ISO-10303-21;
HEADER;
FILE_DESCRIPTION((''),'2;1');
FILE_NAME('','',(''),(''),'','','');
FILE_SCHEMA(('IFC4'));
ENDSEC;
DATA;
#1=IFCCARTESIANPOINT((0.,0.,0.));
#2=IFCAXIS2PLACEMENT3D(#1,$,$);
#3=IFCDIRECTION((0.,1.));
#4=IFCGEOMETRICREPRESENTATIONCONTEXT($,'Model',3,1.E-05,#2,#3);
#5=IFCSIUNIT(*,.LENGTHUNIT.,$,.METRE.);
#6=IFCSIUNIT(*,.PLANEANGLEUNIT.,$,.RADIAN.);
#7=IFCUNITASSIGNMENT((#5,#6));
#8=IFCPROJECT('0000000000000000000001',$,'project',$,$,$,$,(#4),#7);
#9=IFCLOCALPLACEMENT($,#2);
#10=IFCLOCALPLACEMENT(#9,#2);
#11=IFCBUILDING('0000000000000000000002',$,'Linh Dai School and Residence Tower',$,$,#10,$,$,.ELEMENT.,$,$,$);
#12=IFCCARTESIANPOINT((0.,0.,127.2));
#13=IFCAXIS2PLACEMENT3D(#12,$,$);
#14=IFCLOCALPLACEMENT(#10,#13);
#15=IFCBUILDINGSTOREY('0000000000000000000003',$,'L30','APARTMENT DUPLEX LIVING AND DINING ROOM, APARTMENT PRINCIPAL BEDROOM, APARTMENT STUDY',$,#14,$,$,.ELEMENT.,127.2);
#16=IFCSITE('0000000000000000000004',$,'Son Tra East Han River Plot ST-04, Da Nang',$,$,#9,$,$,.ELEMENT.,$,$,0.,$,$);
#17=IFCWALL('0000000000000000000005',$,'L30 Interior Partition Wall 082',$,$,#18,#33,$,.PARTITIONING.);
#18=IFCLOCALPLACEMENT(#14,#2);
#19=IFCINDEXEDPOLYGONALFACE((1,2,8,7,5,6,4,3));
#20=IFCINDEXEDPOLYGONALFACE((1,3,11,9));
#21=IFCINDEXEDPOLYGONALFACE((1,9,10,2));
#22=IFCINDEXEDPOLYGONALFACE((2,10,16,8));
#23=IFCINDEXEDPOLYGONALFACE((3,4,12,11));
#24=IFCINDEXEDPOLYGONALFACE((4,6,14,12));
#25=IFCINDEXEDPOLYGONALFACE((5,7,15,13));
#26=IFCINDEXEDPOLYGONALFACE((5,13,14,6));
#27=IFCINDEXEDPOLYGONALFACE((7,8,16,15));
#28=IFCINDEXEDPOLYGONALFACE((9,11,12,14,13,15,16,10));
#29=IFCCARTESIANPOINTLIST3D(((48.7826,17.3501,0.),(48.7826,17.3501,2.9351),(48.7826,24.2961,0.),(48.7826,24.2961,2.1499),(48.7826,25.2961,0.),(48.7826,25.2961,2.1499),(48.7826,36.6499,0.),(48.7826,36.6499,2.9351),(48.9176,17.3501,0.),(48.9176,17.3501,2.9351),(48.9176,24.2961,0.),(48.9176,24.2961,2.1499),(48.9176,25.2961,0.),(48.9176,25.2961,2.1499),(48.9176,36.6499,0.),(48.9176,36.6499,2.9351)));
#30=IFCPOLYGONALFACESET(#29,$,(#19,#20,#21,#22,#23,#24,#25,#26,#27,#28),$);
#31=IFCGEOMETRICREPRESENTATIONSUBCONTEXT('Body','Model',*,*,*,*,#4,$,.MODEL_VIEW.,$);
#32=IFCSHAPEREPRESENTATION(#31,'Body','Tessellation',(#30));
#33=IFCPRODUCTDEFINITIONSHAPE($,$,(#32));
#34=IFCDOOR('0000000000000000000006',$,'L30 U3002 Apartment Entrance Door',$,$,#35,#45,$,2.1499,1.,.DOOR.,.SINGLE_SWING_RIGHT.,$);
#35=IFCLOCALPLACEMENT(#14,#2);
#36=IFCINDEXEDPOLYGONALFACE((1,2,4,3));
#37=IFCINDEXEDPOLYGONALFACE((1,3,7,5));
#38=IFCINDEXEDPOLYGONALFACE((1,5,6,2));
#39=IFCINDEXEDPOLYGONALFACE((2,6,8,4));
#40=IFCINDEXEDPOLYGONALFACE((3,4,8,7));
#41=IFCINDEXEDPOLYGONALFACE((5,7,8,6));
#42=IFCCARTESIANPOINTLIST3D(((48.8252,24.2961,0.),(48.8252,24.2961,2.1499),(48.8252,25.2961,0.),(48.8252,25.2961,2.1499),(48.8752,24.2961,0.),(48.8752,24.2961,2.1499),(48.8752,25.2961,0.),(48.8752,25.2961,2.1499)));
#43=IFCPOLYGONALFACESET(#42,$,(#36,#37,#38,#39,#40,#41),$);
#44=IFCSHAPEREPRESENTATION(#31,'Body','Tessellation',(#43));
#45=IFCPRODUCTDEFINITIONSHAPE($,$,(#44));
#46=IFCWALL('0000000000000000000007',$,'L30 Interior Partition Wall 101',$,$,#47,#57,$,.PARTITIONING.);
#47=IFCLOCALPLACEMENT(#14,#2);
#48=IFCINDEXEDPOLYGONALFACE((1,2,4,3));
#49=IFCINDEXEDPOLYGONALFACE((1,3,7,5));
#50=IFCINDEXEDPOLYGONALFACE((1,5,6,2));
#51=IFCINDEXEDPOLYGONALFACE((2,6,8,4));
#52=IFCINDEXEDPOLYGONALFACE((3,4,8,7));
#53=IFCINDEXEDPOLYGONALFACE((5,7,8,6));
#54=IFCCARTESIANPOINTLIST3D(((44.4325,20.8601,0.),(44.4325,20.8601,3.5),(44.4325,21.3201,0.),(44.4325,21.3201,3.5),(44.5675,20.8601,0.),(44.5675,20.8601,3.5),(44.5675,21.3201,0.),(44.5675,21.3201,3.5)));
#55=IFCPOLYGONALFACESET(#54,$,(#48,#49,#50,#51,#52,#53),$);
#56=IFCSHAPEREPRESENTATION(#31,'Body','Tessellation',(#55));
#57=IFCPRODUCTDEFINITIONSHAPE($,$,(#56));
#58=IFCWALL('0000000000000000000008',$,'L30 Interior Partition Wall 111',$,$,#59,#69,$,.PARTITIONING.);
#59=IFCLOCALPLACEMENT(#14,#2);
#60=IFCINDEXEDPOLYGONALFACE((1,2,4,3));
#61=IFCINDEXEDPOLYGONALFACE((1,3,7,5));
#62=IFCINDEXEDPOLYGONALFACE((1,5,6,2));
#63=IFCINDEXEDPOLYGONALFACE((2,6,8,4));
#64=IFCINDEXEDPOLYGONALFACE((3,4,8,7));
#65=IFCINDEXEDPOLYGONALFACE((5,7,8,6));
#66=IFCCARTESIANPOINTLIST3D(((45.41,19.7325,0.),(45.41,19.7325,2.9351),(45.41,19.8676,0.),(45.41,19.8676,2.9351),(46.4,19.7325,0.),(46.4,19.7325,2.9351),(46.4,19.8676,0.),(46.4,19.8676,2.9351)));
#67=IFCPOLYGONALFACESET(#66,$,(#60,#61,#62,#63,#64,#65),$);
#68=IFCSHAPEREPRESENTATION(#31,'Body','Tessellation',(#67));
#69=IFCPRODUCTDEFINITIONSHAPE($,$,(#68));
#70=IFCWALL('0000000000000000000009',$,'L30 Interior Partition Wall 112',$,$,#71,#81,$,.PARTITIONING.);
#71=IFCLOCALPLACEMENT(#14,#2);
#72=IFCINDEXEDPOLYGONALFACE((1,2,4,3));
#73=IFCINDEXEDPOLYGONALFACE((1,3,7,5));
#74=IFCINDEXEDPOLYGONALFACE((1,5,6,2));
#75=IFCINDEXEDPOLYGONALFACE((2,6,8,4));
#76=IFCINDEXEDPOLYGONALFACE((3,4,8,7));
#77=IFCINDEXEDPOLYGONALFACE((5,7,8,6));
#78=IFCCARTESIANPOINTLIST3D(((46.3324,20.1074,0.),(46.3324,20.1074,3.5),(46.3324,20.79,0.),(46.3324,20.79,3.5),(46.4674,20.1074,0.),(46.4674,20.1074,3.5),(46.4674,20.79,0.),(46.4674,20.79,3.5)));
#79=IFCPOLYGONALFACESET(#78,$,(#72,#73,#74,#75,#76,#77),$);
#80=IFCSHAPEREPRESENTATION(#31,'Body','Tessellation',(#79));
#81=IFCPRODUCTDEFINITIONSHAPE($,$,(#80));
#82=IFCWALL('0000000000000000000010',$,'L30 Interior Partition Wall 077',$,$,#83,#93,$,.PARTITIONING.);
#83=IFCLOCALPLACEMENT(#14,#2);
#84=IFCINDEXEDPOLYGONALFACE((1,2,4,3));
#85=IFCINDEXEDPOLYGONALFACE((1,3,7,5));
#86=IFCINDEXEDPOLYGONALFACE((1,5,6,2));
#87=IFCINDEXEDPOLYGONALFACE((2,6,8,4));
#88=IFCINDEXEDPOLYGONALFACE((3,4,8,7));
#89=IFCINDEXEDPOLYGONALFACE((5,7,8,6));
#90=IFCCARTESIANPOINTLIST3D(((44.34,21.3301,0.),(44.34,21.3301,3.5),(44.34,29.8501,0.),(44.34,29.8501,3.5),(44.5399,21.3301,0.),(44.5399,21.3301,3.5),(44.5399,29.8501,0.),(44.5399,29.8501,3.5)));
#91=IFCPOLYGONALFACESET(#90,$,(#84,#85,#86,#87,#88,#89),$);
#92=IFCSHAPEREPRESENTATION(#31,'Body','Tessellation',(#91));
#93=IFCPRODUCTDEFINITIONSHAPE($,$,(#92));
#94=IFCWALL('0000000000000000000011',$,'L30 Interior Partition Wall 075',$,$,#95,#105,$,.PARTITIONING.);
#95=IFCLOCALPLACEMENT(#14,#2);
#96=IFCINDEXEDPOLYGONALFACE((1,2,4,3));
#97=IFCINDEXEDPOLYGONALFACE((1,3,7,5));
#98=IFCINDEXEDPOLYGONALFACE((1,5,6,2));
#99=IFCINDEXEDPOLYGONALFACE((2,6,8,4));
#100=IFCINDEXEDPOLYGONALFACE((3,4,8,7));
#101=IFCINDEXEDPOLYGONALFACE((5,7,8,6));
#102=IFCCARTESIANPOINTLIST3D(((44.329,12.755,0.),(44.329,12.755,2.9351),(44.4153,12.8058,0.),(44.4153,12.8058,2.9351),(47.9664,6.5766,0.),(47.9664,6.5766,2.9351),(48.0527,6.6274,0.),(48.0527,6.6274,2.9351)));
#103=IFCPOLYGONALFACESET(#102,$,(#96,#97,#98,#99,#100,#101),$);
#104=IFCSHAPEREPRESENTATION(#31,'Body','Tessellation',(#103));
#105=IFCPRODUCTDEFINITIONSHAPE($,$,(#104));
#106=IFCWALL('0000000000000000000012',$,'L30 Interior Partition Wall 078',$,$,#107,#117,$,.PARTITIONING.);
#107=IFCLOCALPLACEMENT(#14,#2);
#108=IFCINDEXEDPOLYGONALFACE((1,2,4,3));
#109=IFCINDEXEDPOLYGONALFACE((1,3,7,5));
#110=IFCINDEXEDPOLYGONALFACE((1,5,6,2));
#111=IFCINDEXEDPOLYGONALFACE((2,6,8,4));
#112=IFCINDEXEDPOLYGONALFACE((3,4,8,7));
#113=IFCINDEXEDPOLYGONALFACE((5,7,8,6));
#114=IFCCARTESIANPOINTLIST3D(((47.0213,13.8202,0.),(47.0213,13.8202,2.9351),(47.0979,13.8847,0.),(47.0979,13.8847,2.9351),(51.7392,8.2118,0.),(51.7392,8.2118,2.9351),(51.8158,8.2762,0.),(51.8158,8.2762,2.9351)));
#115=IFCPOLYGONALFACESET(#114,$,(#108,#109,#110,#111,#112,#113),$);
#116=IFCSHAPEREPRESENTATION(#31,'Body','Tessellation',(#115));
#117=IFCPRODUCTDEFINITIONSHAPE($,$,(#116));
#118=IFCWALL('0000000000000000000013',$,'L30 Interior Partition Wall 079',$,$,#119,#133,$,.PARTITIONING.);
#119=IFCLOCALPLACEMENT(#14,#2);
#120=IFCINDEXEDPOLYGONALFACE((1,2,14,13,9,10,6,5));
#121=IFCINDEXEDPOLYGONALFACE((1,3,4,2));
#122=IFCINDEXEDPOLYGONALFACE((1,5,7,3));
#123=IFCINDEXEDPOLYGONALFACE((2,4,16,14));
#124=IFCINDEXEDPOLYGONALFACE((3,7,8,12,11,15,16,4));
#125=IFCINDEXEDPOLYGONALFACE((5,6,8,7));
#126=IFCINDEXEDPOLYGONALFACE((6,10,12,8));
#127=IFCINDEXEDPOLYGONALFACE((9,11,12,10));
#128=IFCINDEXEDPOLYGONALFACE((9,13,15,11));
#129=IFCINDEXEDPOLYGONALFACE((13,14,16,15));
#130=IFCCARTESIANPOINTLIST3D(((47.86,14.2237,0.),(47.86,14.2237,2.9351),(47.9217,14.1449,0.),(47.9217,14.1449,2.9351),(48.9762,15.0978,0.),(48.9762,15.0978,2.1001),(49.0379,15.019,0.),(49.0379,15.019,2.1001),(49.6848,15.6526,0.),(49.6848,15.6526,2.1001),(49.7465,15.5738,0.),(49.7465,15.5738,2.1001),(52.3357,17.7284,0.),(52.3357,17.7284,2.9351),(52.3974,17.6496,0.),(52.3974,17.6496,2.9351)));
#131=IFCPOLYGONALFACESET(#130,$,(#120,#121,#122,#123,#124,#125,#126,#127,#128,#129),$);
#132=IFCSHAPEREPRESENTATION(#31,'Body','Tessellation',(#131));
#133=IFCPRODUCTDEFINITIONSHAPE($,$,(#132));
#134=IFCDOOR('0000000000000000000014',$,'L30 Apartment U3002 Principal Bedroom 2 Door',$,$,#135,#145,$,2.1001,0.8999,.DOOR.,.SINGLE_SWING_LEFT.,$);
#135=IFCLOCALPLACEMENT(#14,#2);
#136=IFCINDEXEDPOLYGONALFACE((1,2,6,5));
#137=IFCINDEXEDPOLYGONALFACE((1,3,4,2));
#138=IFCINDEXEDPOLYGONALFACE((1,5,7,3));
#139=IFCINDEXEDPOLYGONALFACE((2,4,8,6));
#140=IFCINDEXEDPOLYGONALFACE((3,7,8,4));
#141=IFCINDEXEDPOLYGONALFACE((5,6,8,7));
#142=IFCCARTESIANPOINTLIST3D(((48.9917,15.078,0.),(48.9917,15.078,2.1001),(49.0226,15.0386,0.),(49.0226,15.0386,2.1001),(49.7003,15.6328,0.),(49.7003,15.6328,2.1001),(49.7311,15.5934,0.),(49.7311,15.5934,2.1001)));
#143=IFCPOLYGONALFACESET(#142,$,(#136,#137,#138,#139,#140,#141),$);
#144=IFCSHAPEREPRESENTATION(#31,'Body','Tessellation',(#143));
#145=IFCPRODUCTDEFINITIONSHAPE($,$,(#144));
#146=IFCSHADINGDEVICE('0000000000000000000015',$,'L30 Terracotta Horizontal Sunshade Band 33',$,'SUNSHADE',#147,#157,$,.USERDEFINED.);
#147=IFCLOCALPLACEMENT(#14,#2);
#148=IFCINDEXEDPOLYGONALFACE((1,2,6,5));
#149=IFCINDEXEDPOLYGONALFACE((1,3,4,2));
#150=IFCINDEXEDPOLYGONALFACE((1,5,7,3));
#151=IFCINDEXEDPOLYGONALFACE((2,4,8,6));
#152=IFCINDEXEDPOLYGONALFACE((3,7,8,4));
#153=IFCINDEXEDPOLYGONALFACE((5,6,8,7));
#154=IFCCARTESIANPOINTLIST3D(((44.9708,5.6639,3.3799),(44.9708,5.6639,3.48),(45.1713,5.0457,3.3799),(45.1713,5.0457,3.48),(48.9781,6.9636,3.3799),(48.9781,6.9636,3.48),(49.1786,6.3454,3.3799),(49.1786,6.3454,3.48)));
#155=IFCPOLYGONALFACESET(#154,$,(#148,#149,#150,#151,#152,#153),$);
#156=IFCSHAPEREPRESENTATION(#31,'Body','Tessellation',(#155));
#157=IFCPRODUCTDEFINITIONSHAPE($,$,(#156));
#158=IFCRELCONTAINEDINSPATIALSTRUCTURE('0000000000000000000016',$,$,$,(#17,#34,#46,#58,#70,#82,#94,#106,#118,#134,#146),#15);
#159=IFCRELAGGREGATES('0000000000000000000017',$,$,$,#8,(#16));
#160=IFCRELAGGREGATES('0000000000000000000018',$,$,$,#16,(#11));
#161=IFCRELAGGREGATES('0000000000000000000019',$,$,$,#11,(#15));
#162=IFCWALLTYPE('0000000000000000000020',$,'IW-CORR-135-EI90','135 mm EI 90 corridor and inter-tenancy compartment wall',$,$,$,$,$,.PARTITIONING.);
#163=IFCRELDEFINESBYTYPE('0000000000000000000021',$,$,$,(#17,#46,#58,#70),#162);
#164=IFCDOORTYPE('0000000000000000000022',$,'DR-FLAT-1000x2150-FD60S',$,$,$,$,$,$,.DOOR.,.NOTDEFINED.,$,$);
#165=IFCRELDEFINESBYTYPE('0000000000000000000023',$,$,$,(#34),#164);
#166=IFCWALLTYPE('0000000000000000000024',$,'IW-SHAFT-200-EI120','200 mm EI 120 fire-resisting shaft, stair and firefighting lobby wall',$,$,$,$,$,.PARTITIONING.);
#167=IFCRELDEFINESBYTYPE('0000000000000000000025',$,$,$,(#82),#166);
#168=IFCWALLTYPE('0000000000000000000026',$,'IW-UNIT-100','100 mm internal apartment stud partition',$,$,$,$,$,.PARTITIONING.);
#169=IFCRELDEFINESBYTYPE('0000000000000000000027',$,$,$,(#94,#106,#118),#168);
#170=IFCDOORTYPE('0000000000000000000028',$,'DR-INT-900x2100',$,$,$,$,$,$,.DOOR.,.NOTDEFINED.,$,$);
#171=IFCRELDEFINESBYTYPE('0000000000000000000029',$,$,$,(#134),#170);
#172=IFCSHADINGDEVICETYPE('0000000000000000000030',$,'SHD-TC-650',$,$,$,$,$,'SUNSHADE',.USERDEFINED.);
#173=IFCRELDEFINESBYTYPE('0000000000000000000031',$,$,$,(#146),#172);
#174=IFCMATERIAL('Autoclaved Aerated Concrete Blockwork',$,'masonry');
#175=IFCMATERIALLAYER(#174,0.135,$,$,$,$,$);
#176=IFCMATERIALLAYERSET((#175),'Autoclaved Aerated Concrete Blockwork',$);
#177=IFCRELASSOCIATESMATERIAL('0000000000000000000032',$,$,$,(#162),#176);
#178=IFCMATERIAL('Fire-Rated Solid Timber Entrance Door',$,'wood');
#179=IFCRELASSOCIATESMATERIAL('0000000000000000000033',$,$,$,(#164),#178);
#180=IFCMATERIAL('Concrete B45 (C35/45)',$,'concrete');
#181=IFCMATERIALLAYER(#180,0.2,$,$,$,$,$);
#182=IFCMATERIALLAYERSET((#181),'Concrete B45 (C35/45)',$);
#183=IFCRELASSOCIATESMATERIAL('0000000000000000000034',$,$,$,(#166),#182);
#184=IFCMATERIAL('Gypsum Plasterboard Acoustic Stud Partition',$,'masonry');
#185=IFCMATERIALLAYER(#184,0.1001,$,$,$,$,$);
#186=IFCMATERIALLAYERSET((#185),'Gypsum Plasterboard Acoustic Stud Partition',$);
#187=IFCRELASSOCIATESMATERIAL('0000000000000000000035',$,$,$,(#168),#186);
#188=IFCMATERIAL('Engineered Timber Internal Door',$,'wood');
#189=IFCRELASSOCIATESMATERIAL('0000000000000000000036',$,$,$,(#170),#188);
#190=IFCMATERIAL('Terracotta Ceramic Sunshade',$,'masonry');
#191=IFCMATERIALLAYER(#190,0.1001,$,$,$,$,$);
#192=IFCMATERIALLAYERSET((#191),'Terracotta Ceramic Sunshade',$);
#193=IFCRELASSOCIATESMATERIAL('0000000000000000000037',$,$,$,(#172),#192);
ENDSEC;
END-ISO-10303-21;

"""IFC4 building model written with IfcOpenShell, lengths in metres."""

from ifc_helpers import new_model, si_unit, direction, frame, frame_2d, origin, origin_2d, place, context, subcontext, project, spatial, rectangle, extrude, source, transform, mapped, material, layer, layer_set, type_object, element, fill, save


model = new_model("IFC4")

# Units and contexts
model_context = context("Model", 3, precision=1e-05, world=origin(), true_north=direction((0.0, 1.0)))
body_context = subcontext(model_context, "Body", "Model", "MODEL_VIEW")
ifc_project = project(units=[si_unit("LENGTHUNIT", "METRE"), si_unit("PLANEANGLEUNIT", "RADIAN")], contexts=[model_context])

# Site, building, storey
site_placement = place(None, origin())
site = spatial("IfcSite", under=ifc_project, at=site_placement, Name="Son Tra East Han River Plot ST-04, Da Nang", CompositionType="ELEMENT", RefElevation=0.0)
building_placement = place(site_placement, origin())
building = spatial("IfcBuilding", under=site, at=building_placement, Name="Linh Dai School and Residence Tower", CompositionType="ELEMENT")
storey_placement = place(building_placement, frame((0.0, 0.0, 127.2)))
storey = spatial("IfcBuildingStorey", under=building, at=storey_placement, Name="L30", Description="APARTMENT DUPLEX LIVING AND DINING ROOM, APARTMENT PRINCIPAL BEDROOM, APARTMENT STUDY", CompositionType="ELEMENT", Elevation=127.2)

# Wall, opening, door
ifc_material_1 = material(Name="Autoclaved Aerated Concrete Blockwork", Category="masonry")
ifc_layer_1 = layer(ifc_material_1, 0.135)
ifc_layer_set_1 = layer_set([ifc_layer_1], Name="Autoclaved Aerated Concrete Blockwork")
wall_type_1 = type_object("IfcWallType", Name="IW-CORR-135-EI90", Description="135 mm EI 90 corridor and inter-tenancy compartment wall", PredefinedType="PARTITIONING", material=ifc_layer_set_1)
wall_1_placement = place(storey_placement, frame((48.8501, 17.3501, 0.0), z_axis=(0.0, 0.0, 1.0), x_axis=(0.0, 1.0, 0.0)))
wall_1 = element("IfcWall", 1, at=wall_1_placement, inside=storey, type_object=wall_type_1, Name="L30 Interior Partition Wall 082", PredefinedType="PARTITIONING", context=body_context, shape_type="SweptSolid", body=[
    extrude(rectangle(XDim=19.2998, YDim=0.135, at=frame_2d((9.6499, 0.0))), origin(), (0.0, 0.0, 1.0), 2.9351),
])
opening_1_placement = place(wall_1_placement, frame((6.946, 0.0, 0.0)))
opening_1 = element("IfcOpeningElement", 2, at=opening_1_placement, cuts=wall_1, PredefinedType="OPENING", context=body_context, shape_type="SweptSolid", body=[
    extrude(rectangle(XDim=1.0, YDim=2.1499, at=origin_2d()), frame((0.5, 0.0776, 1.075), z_axis=(0.0, -1.0, 0.0), x_axis=(1.0, 0.0, 0.0)), (0.0, 0.0, 1.0), 0.155),
])
ifc_material_2 = material(Name="Fire-Rated Solid Timber Entrance Door", Category="wood")
door_type_1 = type_object("IfcDoorType", Name="DR-FLAT-1000x2150-FD60S", OperationType="NOTDEFINED", PredefinedType="DOOR", material=ifc_material_2)
shared_shape_1 = source(origin(), body_context, "Body", "SweptSolid", [
    extrude(rectangle(XDim=1.0, YDim=2.1499, at=origin_2d()), frame((0.5, 0.0249, 1.075), z_axis=(0.0, -1.0, 0.0), x_axis=(1.0, 0.0, 0.0)), (0.0, 0.0, 1.0), 0.05),
])
door_1_placement = place(opening_1_placement, origin())
door_1 = element("IfcDoor", 3, at=door_1_placement, inside=storey, type_object=door_type_1, Name="L30 U3002 Apartment Entrance Door", OperationType="SINGLE_SWING_RIGHT", OverallHeight=2.1499, OverallWidth=1.0, PredefinedType="DOOR", context=body_context, shape_type="MappedRepresentation", body=[
    mapped(shared_shape_1, transform((0.0, 0.0, 0.0), x_axis=(1.0, 0.0, 0.0), y_axis=(0.0, 1.0, 0.0), z_axis=(0.0, 0.0, 1.0), scale=1.0)),
])
fill(opening_1, door_1)

# Walls
wall_2_placement = place(storey_placement, frame((44.5, 20.8601, 0.0), z_axis=(0.0, 0.0, 1.0), x_axis=(0.0, 1.0, 0.0)))
element("IfcWall", 4, at=wall_2_placement, inside=storey, type_object=wall_type_1, Name="L30 Interior Partition Wall 101", PredefinedType="PARTITIONING", context=body_context, shape_type="SweptSolid", body=[
    extrude(rectangle(XDim=0.46, YDim=0.135, at=frame_2d((0.23, 0.0))), origin(), (0.0, 0.0, 1.0), 3.5),
])
wall_3_placement = place(storey_placement, frame((45.4099, 19.8, 0.0), z_axis=(0.0, 0.0, 1.0), x_axis=(1.0, 0.0, 0.0)))
element("IfcWall", 5, at=wall_3_placement, inside=storey, type_object=wall_type_1, Name="L30 Interior Partition Wall 111", PredefinedType="PARTITIONING", context=body_context, shape_type="SweptSolid", body=[
    extrude(rectangle(XDim=0.99, YDim=0.135, at=frame_2d((0.4951, 0.0))), origin(), (0.0, 0.0, 1.0), 2.9351),
])
wall_4_placement = place(storey_placement, frame((46.3999, 20.1074, 0.0), z_axis=(0.0, 0.0, 1.0), x_axis=(0.0, 1.0, 0.0)))
element("IfcWall", 6, at=wall_4_placement, inside=storey, type_object=wall_type_1, Name="L30 Interior Partition Wall 112", PredefinedType="PARTITIONING", context=body_context, shape_type="SweptSolid", body=[
    extrude(rectangle(XDim=0.6826, YDim=0.135, at=frame_2d((0.3413, 0.0))), origin(), (0.0, 0.0, 1.0), 3.5),
])
ifc_material_3 = material(Name="Concrete B45 (C35/45)", Category="concrete")
ifc_layer_2 = layer(ifc_material_3, 0.2)
ifc_layer_set_2 = layer_set([ifc_layer_2], Name="Concrete B45 (C35/45)")
wall_type_2 = type_object("IfcWallType", Name="IW-SHAFT-200-EI120", Description="200 mm EI 120 fire-resisting shaft, stair and firefighting lobby wall", PredefinedType="PARTITIONING", material=ifc_layer_set_2)
wall_5_placement = place(storey_placement, frame((44.4399, 21.3301, 0.0), z_axis=(0.0, 0.0, 1.0), x_axis=(0.0, 1.0, 0.0)))
element("IfcWall", 7, at=wall_5_placement, inside=storey, type_object=wall_type_2, Name="L30 Interior Partition Wall 077", PredefinedType="PARTITIONING", context=body_context, shape_type="SweptSolid", body=[
    extrude(rectangle(XDim=8.52, YDim=0.2, at=frame_2d((4.26, 0.0))), origin(), (0.0, 0.0, 1.0), 3.5),
])
ifc_material_4 = material(Name="Gypsum Plasterboard Acoustic Stud Partition", Category="masonry")
ifc_layer_3 = layer(ifc_material_4, 0.1001)
ifc_layer_set_3 = layer_set([ifc_layer_3], Name="Gypsum Plasterboard Acoustic Stud Partition")
wall_type_3 = type_object("IfcWallType", Name="IW-UNIT-100", Description="100 mm internal apartment stud partition", PredefinedType="PARTITIONING", material=ifc_layer_set_3)
wall_6_placement = place(storey_placement, frame((44.3721, 12.7805, 0.0), z_axis=(0.0, 0.0, 1.0), x_axis=(0.507337, -0.861748, 0.0)))
element("IfcWall", 8, at=wall_6_placement, inside=storey, type_object=wall_type_3, Name="L30 Interior Partition Wall 075", PredefinedType="PARTITIONING", context=body_context, shape_type="SweptSolid", body=[
    extrude(rectangle(XDim=7.1697, YDim=0.1001, at=frame_2d((3.585, 0.0))), origin(), (0.0, 0.0, 1.0), 2.9351),
])
wall_7_placement = place(storey_placement, frame((47.0596, 13.8525, 0.0), z_axis=(0.0, 0.0, 1.0), x_axis=(0.643729, -0.765253, 0.0)))
element("IfcWall", 9, at=wall_7_placement, inside=storey, type_object=wall_type_3, Name="L30 Interior Partition Wall 078", PredefinedType="PARTITIONING", context=body_context, shape_type="SweptSolid", body=[
    extrude(rectangle(XDim=7.3289, YDim=0.1001, at=frame_2d((3.6646, 0.0))), origin(), (0.0, 0.0, 1.0), 2.9351),
])

# Wall, opening, door
wall_8_placement = place(storey_placement, frame((47.8909, 14.1843, 0.0), z_axis=(0.0, 0.0, 1.0), x_axis=(0.787334, 0.616527, 0.0)))
wall_8 = element("IfcWall", 10, at=wall_8_placement, inside=storey, type_object=wall_type_3, Name="L30 Interior Partition Wall 079", PredefinedType="PARTITIONING", context=body_context, shape_type="SweptSolid", body=[
    extrude(rectangle(XDim=5.6846, YDim=0.1001, at=frame_2d((2.8423, 0.0))), origin(), (0.0, 0.0, 1.0), 2.9351),
])
opening_2_placement = place(wall_8_placement, frame((1.4177, 0.0, 0.0)))
opening_2 = element("IfcOpeningElement", 11, at=opening_2_placement, cuts=wall_8, PredefinedType="OPENING", context=body_context, shape_type="SweptSolid", body=[
    extrude(rectangle(XDim=0.8999, YDim=2.1001, at=origin_2d()), frame((0.45, 0.0601, 1.05), z_axis=(0.0, -1.0, 0.0), x_axis=(1.0, 0.0, 0.0)), (0.0, 0.0, 1.0), 0.1201),
])
ifc_material_5 = material(Name="Engineered Timber Internal Door", Category="wood")
door_type_2 = type_object("IfcDoorType", Name="DR-INT-900x2100", OperationType="NOTDEFINED", PredefinedType="DOOR", material=ifc_material_5)
shared_shape_2 = source(origin(), body_context, "Body", "SweptSolid", [
    extrude(rectangle(XDim=0.8999, YDim=2.1001, at=origin_2d()), frame((0.45, 0.0249, 1.05), z_axis=(0.0, -1.0, 0.0), x_axis=(1.0, 0.0, 0.0)), (0.0, 0.0, 1.0), 0.05),
])
door_2_placement = place(opening_2_placement, origin())
door_2 = element("IfcDoor", 12, at=door_2_placement, inside=storey, type_object=door_type_2, Name="L30 Apartment U3002 Principal Bedroom 2 Door", OperationType="SINGLE_SWING_LEFT", OverallHeight=2.1001, OverallWidth=0.8999, PredefinedType="DOOR", context=body_context, shape_type="MappedRepresentation", body=[
    mapped(shared_shape_2, transform((0.0, 0.0, 0.0), x_axis=(1.0, 0.0, 0.0), y_axis=(0.0, 1.0, 0.0), z_axis=(0.0, 0.0, 1.0), scale=1.0)),
])
fill(opening_2, door_2)

# Shading device
ifc_material_6 = material(Name="Terracotta Ceramic Sunshade", Category="masonry")
ifc_layer_4 = layer(ifc_material_6, 0.1001)
ifc_layer_set_4 = layer_set([ifc_layer_4], Name="Terracotta Ceramic Sunshade")
shading_device_type = type_object("IfcShadingDeviceType", Name="SHD-TC-650", ElementType="SUNSHADE", PredefinedType="USERDEFINED", material=ifc_layer_set_4)
shared_shape_3 = source(origin(), body_context, "Body", "SweptSolid", [
    extrude(rectangle(XDim=4.2129, YDim=0.6499, at=origin_2d()), origin(), (0.0, 0.0, 1.0), 0.1001),
])
shading_device_placement = place(storey_placement, frame((47.0747, 6.0046, 3.3799), z_axis=(0.0, 0.0, 1.0), x_axis=(-0.951217, -0.308522, 0.0)))
element("IfcShadingDevice", 13, at=shading_device_placement, inside=storey, type_object=shading_device_type, Name="L30 Terracotta Horizontal Sunshade Band 33", ObjectType="SUNSHADE", PredefinedType="USERDEFINED", context=body_context, shape_type="MappedRepresentation", body=[
    mapped(shared_shape_3, transform((0.0, 0.0, 0.0), x_axis=(1.0, 0.0, 0.0), y_axis=(0.0, 1.0, 0.0), z_axis=(0.0, 0.0, 1.0), scale=1.0)),
])

save(model, "model.ifc")
